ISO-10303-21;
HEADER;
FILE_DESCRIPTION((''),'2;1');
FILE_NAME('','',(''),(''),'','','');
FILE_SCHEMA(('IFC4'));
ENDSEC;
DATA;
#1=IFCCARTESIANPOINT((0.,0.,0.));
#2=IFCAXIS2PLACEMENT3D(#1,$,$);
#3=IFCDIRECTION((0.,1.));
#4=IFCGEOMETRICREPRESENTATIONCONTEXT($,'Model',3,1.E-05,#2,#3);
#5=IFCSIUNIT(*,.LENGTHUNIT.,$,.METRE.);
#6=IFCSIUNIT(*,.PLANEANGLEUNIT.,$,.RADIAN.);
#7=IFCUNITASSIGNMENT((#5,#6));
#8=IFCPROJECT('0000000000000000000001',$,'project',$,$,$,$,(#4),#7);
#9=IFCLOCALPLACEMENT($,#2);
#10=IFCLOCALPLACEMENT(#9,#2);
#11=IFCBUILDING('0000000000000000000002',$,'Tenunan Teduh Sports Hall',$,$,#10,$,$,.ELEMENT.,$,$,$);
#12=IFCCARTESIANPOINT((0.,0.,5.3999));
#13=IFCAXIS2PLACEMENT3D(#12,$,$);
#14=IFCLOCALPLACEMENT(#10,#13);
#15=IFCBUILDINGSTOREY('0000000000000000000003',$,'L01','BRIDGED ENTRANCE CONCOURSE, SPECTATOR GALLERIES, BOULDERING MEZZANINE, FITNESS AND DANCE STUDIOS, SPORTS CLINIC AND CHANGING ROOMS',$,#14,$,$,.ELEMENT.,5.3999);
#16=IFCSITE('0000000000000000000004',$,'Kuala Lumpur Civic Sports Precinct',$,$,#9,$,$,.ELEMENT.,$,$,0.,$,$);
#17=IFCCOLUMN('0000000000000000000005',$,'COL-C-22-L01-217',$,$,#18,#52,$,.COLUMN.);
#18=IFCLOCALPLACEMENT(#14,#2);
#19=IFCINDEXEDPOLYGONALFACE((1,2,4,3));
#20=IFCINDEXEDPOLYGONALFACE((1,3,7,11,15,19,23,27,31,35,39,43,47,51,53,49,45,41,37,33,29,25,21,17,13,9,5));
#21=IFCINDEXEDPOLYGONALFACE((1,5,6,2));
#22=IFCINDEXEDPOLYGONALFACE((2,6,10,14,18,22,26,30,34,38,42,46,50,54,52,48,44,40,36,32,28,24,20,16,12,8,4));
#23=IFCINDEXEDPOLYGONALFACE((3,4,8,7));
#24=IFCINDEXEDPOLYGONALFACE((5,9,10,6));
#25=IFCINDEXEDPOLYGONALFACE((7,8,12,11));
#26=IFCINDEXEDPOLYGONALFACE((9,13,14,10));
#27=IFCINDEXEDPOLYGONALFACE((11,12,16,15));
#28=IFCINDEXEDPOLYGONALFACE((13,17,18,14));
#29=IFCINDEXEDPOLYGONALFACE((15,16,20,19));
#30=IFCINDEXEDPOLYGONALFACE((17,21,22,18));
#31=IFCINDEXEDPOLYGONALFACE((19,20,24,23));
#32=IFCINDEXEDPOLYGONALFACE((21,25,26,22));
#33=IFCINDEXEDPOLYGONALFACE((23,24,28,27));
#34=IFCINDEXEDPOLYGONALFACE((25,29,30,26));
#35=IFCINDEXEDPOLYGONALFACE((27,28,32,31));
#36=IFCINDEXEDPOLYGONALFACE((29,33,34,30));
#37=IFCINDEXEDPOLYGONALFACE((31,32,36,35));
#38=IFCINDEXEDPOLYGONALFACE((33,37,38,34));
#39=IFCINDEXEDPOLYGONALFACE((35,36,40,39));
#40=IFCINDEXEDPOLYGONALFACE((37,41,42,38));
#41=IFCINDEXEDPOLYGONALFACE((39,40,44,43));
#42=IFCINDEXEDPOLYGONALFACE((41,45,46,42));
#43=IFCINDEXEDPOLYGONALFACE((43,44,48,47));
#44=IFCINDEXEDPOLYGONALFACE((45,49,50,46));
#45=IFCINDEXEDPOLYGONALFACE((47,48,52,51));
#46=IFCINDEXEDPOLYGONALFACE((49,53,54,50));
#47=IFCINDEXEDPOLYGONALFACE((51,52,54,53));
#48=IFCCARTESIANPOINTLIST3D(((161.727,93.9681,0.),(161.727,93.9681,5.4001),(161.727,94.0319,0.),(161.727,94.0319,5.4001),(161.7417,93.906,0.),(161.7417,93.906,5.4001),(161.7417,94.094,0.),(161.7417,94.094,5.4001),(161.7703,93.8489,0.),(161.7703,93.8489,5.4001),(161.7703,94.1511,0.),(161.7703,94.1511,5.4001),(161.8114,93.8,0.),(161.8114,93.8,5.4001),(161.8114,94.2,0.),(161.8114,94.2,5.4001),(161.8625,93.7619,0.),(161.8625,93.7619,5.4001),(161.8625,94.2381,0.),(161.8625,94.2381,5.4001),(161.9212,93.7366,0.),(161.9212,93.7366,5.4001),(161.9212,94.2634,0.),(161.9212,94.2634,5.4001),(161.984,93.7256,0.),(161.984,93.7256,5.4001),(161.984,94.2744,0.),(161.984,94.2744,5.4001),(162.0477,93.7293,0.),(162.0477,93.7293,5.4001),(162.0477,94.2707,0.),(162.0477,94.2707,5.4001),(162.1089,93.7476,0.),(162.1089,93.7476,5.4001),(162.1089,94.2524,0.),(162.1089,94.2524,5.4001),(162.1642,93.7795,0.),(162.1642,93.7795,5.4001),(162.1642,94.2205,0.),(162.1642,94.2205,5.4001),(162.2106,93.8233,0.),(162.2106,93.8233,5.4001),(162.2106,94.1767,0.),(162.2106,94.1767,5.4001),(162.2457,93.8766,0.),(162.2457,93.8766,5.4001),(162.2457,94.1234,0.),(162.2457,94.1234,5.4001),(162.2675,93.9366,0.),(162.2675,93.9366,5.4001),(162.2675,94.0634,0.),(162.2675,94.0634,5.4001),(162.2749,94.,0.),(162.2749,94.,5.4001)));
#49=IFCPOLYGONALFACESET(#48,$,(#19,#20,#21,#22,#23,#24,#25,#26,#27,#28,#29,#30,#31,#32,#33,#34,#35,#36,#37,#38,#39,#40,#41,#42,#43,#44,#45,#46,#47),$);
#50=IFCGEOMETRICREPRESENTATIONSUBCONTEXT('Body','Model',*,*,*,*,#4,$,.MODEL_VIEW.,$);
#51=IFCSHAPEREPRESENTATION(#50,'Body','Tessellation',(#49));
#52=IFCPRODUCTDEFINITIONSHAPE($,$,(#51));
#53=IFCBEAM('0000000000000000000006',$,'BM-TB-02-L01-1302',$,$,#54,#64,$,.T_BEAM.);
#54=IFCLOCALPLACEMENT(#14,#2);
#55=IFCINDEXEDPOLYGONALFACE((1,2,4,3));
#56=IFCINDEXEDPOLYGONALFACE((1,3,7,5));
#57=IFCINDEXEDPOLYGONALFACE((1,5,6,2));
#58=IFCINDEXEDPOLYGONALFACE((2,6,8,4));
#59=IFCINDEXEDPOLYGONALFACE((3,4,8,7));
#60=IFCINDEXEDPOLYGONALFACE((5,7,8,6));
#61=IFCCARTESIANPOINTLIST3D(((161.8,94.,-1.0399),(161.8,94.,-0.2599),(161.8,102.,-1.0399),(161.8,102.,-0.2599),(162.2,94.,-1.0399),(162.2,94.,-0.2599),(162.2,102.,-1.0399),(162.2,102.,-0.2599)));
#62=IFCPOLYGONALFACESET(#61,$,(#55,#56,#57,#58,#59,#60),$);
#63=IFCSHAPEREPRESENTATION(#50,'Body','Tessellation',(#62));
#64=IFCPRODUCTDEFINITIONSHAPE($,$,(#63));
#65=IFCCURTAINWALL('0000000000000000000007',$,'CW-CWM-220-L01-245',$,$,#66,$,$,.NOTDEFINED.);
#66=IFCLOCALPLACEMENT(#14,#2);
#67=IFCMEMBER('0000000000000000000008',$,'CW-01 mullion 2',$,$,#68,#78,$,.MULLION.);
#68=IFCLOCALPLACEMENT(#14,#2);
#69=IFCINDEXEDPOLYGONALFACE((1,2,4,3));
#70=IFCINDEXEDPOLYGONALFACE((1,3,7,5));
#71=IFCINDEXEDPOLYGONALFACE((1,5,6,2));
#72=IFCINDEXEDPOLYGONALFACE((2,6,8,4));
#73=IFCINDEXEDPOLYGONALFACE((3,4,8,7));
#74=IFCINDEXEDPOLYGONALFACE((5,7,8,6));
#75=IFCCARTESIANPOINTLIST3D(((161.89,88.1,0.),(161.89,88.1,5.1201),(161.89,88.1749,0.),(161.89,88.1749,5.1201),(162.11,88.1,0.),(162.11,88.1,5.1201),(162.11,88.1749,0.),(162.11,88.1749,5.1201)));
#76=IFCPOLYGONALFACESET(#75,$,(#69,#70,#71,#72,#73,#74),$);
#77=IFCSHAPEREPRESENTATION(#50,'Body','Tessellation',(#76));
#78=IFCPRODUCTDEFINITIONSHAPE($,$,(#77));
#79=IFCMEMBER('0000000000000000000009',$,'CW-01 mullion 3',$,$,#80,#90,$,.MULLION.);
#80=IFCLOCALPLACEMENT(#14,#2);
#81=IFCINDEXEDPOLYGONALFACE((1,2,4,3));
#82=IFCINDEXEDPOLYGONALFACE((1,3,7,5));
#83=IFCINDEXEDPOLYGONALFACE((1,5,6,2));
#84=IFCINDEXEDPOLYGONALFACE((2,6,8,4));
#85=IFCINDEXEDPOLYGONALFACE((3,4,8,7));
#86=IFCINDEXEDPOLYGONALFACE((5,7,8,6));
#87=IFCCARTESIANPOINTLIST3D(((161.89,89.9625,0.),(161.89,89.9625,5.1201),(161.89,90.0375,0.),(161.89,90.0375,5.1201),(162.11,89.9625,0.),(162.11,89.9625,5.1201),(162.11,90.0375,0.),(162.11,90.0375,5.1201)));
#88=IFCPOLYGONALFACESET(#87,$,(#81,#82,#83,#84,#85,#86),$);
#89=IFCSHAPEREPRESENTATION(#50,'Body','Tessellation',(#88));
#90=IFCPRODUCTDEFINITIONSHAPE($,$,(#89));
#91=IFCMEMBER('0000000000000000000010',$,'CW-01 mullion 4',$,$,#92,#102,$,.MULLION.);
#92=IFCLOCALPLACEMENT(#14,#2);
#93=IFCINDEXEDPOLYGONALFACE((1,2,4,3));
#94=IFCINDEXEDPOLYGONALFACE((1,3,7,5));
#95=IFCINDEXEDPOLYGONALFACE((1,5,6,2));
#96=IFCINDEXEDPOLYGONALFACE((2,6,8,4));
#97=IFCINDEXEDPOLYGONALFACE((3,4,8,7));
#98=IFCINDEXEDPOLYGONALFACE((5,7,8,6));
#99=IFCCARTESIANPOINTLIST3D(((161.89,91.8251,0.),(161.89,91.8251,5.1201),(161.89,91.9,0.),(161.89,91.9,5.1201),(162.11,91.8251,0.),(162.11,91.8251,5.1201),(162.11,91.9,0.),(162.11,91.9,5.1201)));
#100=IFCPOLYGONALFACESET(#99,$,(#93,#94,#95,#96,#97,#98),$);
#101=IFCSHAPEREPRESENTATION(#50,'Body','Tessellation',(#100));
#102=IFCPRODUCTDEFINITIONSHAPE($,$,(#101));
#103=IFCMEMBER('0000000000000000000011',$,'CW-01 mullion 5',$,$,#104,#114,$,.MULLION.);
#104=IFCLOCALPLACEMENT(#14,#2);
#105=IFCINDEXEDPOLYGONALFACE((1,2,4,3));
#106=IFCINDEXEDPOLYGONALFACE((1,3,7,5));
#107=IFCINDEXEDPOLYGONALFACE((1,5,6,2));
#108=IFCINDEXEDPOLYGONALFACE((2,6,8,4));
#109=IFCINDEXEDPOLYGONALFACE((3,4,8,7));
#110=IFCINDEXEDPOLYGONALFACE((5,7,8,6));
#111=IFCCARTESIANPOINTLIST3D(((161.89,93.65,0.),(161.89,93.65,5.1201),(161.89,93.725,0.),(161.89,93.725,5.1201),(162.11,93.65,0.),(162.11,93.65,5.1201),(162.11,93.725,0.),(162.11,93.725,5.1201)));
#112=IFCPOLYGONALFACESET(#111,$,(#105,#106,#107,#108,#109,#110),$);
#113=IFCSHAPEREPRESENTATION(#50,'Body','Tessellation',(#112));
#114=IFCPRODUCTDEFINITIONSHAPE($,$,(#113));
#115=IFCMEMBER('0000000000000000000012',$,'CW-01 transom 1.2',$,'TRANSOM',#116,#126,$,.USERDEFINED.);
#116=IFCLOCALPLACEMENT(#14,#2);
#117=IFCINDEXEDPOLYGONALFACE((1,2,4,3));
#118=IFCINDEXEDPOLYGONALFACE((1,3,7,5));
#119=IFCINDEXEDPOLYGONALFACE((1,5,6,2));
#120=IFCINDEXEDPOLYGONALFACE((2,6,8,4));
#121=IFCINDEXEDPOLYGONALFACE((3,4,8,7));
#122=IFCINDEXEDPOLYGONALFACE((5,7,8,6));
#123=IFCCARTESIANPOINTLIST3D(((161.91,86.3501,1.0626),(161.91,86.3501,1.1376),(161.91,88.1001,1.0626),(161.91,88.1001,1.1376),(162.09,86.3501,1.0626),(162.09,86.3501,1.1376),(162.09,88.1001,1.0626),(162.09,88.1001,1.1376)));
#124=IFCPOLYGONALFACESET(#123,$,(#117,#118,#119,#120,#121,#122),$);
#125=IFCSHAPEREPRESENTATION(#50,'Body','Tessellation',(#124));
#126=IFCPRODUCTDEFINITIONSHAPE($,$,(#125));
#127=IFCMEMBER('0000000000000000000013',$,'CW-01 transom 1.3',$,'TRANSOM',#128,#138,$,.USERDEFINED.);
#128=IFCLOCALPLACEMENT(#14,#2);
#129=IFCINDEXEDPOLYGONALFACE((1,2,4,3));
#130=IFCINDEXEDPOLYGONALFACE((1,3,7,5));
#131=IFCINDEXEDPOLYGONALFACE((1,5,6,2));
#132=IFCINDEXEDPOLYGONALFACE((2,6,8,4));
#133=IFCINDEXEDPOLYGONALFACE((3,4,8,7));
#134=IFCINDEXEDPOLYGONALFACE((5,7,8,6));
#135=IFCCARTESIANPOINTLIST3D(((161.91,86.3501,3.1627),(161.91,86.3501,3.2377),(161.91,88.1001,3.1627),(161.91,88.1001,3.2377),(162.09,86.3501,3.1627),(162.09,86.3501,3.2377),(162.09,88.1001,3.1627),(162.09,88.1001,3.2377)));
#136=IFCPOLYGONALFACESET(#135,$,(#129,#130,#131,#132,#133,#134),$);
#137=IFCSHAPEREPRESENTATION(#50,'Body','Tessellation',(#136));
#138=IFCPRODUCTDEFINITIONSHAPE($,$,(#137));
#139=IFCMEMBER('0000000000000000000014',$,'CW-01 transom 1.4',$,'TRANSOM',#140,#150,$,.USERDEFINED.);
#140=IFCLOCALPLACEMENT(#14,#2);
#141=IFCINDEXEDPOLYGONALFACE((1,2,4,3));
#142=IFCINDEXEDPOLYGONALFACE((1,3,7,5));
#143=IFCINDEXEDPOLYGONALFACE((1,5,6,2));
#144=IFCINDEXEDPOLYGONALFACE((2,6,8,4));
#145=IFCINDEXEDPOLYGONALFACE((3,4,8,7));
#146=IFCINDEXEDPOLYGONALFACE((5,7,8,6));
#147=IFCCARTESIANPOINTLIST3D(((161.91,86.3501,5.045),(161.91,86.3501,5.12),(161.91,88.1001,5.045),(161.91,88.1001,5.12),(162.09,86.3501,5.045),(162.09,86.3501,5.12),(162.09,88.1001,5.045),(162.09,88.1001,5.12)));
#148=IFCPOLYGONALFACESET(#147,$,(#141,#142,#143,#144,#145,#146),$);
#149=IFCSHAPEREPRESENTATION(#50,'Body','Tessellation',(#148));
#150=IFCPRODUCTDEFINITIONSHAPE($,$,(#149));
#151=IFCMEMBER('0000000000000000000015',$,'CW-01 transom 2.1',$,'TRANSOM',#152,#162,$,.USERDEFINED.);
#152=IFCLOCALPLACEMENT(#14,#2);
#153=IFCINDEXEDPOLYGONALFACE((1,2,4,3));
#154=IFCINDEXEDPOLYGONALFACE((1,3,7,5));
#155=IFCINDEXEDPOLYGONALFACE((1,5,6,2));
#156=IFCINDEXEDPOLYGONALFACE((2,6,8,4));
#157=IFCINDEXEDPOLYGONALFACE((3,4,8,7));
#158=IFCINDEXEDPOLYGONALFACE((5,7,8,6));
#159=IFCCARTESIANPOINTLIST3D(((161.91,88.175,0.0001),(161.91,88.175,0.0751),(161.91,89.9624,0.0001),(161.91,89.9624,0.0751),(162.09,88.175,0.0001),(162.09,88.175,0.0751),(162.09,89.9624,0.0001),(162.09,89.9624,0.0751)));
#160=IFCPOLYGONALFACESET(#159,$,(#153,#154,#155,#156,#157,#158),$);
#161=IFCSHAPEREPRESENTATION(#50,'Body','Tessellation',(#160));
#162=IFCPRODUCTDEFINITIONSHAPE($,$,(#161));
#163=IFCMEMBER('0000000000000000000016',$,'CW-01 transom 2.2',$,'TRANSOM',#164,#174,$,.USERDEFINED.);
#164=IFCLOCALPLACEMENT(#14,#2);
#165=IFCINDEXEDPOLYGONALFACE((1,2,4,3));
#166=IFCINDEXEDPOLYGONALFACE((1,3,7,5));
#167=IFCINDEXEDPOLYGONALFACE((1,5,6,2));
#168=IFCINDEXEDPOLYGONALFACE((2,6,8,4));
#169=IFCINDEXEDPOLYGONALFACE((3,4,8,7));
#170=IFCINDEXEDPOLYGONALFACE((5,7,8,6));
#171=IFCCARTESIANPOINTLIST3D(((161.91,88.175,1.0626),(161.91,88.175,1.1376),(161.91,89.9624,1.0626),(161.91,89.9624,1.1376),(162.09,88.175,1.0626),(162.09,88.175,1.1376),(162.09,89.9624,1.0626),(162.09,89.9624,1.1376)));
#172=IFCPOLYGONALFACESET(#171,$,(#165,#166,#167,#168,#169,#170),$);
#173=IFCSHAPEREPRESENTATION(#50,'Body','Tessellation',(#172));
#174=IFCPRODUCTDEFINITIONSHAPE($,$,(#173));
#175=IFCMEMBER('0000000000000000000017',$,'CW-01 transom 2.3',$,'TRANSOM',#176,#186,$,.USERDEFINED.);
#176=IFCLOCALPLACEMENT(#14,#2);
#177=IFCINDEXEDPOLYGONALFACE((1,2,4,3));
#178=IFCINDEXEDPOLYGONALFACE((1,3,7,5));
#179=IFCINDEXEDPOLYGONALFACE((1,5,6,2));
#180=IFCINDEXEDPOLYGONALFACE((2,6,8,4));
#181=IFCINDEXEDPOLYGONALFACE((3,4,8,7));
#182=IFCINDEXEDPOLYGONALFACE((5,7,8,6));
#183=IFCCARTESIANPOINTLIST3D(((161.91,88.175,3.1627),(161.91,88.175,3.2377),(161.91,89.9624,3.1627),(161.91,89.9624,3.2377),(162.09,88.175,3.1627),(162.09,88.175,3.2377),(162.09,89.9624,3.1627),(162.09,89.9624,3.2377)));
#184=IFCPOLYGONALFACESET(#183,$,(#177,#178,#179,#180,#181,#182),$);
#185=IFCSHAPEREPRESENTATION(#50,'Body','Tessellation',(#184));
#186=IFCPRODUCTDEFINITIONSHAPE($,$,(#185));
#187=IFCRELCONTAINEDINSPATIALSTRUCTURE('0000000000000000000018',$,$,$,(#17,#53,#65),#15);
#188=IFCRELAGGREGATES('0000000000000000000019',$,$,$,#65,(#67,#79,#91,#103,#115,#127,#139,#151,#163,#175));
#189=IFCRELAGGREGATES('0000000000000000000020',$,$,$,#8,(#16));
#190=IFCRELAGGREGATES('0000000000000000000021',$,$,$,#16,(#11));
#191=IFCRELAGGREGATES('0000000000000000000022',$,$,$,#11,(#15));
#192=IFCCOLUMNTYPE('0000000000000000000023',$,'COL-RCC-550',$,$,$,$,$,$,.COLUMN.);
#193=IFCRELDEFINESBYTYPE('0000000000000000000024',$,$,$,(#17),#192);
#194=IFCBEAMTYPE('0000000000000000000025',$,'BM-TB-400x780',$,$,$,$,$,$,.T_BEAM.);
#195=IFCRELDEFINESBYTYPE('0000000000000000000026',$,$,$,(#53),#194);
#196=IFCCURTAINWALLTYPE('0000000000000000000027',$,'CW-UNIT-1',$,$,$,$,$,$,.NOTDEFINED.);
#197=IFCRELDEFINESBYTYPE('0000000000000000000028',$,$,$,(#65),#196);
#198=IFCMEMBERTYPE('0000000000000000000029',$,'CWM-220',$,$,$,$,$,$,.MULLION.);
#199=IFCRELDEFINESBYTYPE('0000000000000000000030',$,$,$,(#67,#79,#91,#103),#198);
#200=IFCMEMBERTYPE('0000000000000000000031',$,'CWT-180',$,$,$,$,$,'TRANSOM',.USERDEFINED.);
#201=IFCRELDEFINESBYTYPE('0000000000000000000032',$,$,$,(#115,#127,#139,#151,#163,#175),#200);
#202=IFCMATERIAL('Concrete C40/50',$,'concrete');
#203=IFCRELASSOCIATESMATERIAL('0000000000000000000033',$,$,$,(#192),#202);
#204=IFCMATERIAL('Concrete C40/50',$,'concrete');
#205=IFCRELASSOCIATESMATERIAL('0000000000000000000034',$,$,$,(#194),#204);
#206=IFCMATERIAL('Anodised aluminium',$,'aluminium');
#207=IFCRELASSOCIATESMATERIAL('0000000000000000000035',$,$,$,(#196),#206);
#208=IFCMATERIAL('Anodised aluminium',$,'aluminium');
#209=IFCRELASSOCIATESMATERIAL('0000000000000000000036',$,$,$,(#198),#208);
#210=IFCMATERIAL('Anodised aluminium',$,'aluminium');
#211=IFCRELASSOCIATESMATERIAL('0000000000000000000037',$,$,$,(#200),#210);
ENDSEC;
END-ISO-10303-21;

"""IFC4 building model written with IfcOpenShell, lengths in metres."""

from ifc_helpers import new_model, si_unit, direction, frame, origin, origin_2d, place, context, subcontext, project, spatial, rectangle, circle, extrude, material, material_profile, profile_set, type_object, element, aggregate, save


model = new_model("IFC4")

# Units and contexts
model_context = context("Model", 3, precision=1e-05, world=origin(), true_north=direction((0.0, 1.0)))
body_context = subcontext(model_context, "Body", "Model", "MODEL_VIEW")
ifc_project = project(units=[si_unit("LENGTHUNIT", "METRE"), si_unit("PLANEANGLEUNIT", "RADIAN")], contexts=[model_context])

# Site, building, storey
site_placement = place(None, origin())
site = spatial("IfcSite", under=ifc_project, at=site_placement, Name="Kuala Lumpur Civic Sports Precinct", CompositionType="ELEMENT", RefElevation=0.0)
building_placement = place(site_placement, origin())
building = spatial("IfcBuilding", under=site, at=building_placement, Name="Tenunan Teduh Sports Hall", CompositionType="ELEMENT")
storey_placement = place(building_placement, frame((0.0, 0.0, 5.3999)))
storey = spatial("IfcBuildingStorey", under=building, at=storey_placement, Name="L01", Description="BRIDGED ENTRANCE CONCOURSE, SPECTATOR GALLERIES, BOULDERING MEZZANINE, FITNESS AND DANCE STUDIOS, SPORTS CLINIC AND CHANGING ROOMS", CompositionType="ELEMENT", Elevation=5.3999)

# Column
ifc_material_1 = material(Name="Concrete C40/50", Category="concrete")
ifc_material_profile_1 = material_profile(ifc_material_1, circle(Radius=0.2749, at=origin_2d()), Name="RCC D550")
ifc_profile_set_1 = profile_set([ifc_material_profile_1], Name="Concrete C40/50")
column_type = type_object("IfcColumnType", Name="COL-RCC-550", PredefinedType="COLUMN", material=ifc_profile_set_1)
column_placement = place(storey_placement, frame((162.0, 94.0, 0.0), z_axis=(0.0, 0.0, 1.0), x_axis=(1.0, 0.0, 0.0)))
element("IfcColumn", 1, at=column_placement, inside=storey, type_object=column_type, Name="COL-C-22-L01-217", PredefinedType="COLUMN", context=body_context, shape_type="SweptSolid", body=[
    extrude(circle(Radius=0.2749, at=origin_2d()), origin(), (0.0, 0.0, 1.0), 5.4001),
])

# Beam
ifc_material_2 = material(Name="Concrete C40/50", Category="concrete")
ifc_material_profile_2 = material_profile(ifc_material_2, rectangle(XDim=0.3999, YDim=0.78, at=origin_2d()), Name="TB 400x780")
ifc_profile_set_2 = profile_set([ifc_material_profile_2], Name="Concrete C40/50")
beam_type_1 = type_object("IfcBeamType", Name="BM-TB-400x780", PredefinedType="T_BEAM", material=ifc_profile_set_2)
beam_1_placement = place(storey_placement, frame((162.0, 94.0, -0.6499), z_axis=(0.0, 1.0, 0.0), x_axis=(-1.0, 0.0, 0.0)))
element("IfcBeam", 2, at=beam_1_placement, inside=storey, type_object=beam_type_1, Name="BM-TB-02-L01-1302", PredefinedType="T_BEAM", context=body_context, shape_type="SweptSolid", body=[
    extrude(rectangle(XDim=0.3999, YDim=0.78, at=origin_2d()), origin(), (0.0, 0.0, 1.0), 8.0),
])

# Curtain wall, members
ifc_material_3 = material(Name="Anodised aluminium", Category="aluminium")
curtain_wall_type = type_object("IfcCurtainWallType", Name="CW-UNIT-1", PredefinedType="NOTDEFINED", material=ifc_material_3)
curtain_wall_placement = place(storey_placement, origin())
curtain_wall = element("IfcCurtainWall", 3, at=curtain_wall_placement, inside=storey, type_object=curtain_wall_type, Name="CW-CWM-220-L01-245", PredefinedType="NOTDEFINED")
ifc_material_4 = material(Name="Anodised aluminium", Category="aluminium")
ifc_material_profile_3 = material_profile(ifc_material_4, rectangle(XDim=0.075, YDim=0.22, at=origin_2d()), Name="CWM 75x220")
ifc_profile_set_3 = profile_set([ifc_material_profile_3], Name="Anodised aluminium")
member_type_1 = type_object("IfcMemberType", Name="CWM-220", PredefinedType="MULLION", material=ifc_profile_set_3)
member_1_placement = place(storey_placement, frame((162.0, 88.1375, 0.0), z_axis=(0.0, 0.0, 1.0), x_axis=(0.0, 1.0, 0.0)))
member_1 = element("IfcMember", 4, at=member_1_placement, type_object=member_type_1, Name="CW-01 mullion 2", PredefinedType="MULLION", context=body_context, shape_type="SweptSolid", body=[
    extrude(rectangle(XDim=0.075, YDim=0.22, at=origin_2d()), origin(), (0.0, 0.0, 1.0), 5.1201),
])
member_2_placement = place(storey_placement, frame((162.0, 90.0, 0.0), z_axis=(0.0, 0.0, 1.0), x_axis=(0.0, 1.0, 0.0)))
member_2 = element("IfcMember", 5, at=member_2_placement, type_object=member_type_1, Name="CW-01 mullion 3", PredefinedType="MULLION", context=body_context, shape_type="SweptSolid", body=[
    extrude(rectangle(XDim=0.075, YDim=0.22, at=origin_2d()), origin(), (0.0, 0.0, 1.0), 5.1201),
])
member_3_placement = place(storey_placement, frame((162.0, 91.8625, 0.0), z_axis=(0.0, 0.0, 1.0), x_axis=(0.0, 1.0, 0.0)))
member_3 = element("IfcMember", 6, at=member_3_placement, type_object=member_type_1, Name="CW-01 mullion 4", PredefinedType="MULLION", context=body_context, shape_type="SweptSolid", body=[
    extrude(rectangle(XDim=0.075, YDim=0.22, at=origin_2d()), origin(), (0.0, 0.0, 1.0), 5.1201),
])
member_4_placement = place(storey_placement, frame((162.0, 93.6875, 0.0), z_axis=(0.0, 0.0, 1.0), x_axis=(0.0, 1.0, 0.0)))
member_4 = element("IfcMember", 7, at=member_4_placement, type_object=member_type_1, Name="CW-01 mullion 5", PredefinedType="MULLION", context=body_context, shape_type="SweptSolid", body=[
    extrude(rectangle(XDim=0.075, YDim=0.22, at=origin_2d()), origin(), (0.0, 0.0, 1.0), 5.1201),
])
ifc_material_5 = material(Name="Anodised aluminium", Category="aluminium")
ifc_material_profile_4 = material_profile(ifc_material_5, rectangle(XDim=0.075, YDim=0.1799, at=origin_2d()), Name="CWT 75x180")
ifc_profile_set_4 = profile_set([ifc_material_profile_4], Name="Anodised aluminium")
member_type_2 = type_object("IfcMemberType", Name="CWT-180", ElementType="TRANSOM", PredefinedType="USERDEFINED", material=ifc_profile_set_4)
member_5_placement = place(storey_placement, frame((162.0, 86.3501, 1.1001), z_axis=(0.0, 1.0, 0.0), x_axis=(0.0, 0.0, 1.0)))
member_5 = element("IfcMember", 8, at=member_5_placement, type_object=member_type_2, Name="CW-01 transom 1.2", ObjectType="TRANSOM", PredefinedType="USERDEFINED", context=body_context, shape_type="SweptSolid", body=[
    extrude(rectangle(XDim=0.075, YDim=0.1799, at=origin_2d()), origin(), (0.0, 0.0, 1.0), 1.75),
])
member_6_placement = place(storey_placement, frame((162.0, 86.3501, 3.2002), z_axis=(0.0, 1.0, 0.0), x_axis=(0.0, 0.0, 1.0)))
member_6 = element("IfcMember", 9, at=member_6_placement, type_object=member_type_2, Name="CW-01 transom 1.3", ObjectType="TRANSOM", PredefinedType="USERDEFINED", context=body_context, shape_type="SweptSolid", body=[
    extrude(rectangle(XDim=0.075, YDim=0.1799, at=origin_2d()), origin(), (0.0, 0.0, 1.0), 1.75),
])
member_7_placement = place(storey_placement, frame((162.0, 86.3501, 5.0825), z_axis=(0.0, 1.0, 0.0), x_axis=(0.0, 0.0, 1.0)))
member_7 = element("IfcMember", 10, at=member_7_placement, type_object=member_type_2, Name="CW-01 transom 1.4", ObjectType="TRANSOM", PredefinedType="USERDEFINED", context=body_context, shape_type="SweptSolid", body=[
    extrude(rectangle(XDim=0.075, YDim=0.1799, at=origin_2d()), origin(), (0.0, 0.0, 1.0), 1.75),
])
member_8_placement = place(storey_placement, frame((162.0, 88.175, 0.0376), z_axis=(0.0, 1.0, 0.0), x_axis=(0.0, 0.0, 1.0)))
member_8 = element("IfcMember", 11, at=member_8_placement, type_object=member_type_2, Name="CW-01 transom 2.1", ObjectType="TRANSOM", PredefinedType="USERDEFINED", context=body_context, shape_type="SweptSolid", body=[
    extrude(rectangle(XDim=0.075, YDim=0.1799, at=origin_2d()), origin(), (0.0, 0.0, 1.0), 1.7874),
])
member_9_placement = place(storey_placement, frame((162.0, 88.175, 1.1001), z_axis=(0.0, 1.0, 0.0), x_axis=(0.0, 0.0, 1.0)))
member_9 = element("IfcMember", 12, at=member_9_placement, type_object=member_type_2, Name="CW-01 transom 2.2", ObjectType="TRANSOM", PredefinedType="USERDEFINED", context=body_context, shape_type="SweptSolid", body=[
    extrude(rectangle(XDim=0.075, YDim=0.1799, at=origin_2d()), origin(), (0.0, 0.0, 1.0), 1.7874),
])
member_10_placement = place(storey_placement, frame((162.0, 88.175, 3.2002), z_axis=(0.0, 1.0, 0.0), x_axis=(0.0, 0.0, 1.0)))
member_10 = element("IfcMember", 13, at=member_10_placement, type_object=member_type_2, Name="CW-01 transom 2.3", ObjectType="TRANSOM", PredefinedType="USERDEFINED", context=body_context, shape_type="SweptSolid", body=[
    extrude(rectangle(XDim=0.075, YDim=0.1799, at=origin_2d()), origin(), (0.0, 0.0, 1.0), 1.7874),
])

aggregate(curtain_wall, [member_1, member_2, member_3, member_4, member_5, member_6, member_7, member_8, member_9, member_10])

save(model, "model.ifc")
